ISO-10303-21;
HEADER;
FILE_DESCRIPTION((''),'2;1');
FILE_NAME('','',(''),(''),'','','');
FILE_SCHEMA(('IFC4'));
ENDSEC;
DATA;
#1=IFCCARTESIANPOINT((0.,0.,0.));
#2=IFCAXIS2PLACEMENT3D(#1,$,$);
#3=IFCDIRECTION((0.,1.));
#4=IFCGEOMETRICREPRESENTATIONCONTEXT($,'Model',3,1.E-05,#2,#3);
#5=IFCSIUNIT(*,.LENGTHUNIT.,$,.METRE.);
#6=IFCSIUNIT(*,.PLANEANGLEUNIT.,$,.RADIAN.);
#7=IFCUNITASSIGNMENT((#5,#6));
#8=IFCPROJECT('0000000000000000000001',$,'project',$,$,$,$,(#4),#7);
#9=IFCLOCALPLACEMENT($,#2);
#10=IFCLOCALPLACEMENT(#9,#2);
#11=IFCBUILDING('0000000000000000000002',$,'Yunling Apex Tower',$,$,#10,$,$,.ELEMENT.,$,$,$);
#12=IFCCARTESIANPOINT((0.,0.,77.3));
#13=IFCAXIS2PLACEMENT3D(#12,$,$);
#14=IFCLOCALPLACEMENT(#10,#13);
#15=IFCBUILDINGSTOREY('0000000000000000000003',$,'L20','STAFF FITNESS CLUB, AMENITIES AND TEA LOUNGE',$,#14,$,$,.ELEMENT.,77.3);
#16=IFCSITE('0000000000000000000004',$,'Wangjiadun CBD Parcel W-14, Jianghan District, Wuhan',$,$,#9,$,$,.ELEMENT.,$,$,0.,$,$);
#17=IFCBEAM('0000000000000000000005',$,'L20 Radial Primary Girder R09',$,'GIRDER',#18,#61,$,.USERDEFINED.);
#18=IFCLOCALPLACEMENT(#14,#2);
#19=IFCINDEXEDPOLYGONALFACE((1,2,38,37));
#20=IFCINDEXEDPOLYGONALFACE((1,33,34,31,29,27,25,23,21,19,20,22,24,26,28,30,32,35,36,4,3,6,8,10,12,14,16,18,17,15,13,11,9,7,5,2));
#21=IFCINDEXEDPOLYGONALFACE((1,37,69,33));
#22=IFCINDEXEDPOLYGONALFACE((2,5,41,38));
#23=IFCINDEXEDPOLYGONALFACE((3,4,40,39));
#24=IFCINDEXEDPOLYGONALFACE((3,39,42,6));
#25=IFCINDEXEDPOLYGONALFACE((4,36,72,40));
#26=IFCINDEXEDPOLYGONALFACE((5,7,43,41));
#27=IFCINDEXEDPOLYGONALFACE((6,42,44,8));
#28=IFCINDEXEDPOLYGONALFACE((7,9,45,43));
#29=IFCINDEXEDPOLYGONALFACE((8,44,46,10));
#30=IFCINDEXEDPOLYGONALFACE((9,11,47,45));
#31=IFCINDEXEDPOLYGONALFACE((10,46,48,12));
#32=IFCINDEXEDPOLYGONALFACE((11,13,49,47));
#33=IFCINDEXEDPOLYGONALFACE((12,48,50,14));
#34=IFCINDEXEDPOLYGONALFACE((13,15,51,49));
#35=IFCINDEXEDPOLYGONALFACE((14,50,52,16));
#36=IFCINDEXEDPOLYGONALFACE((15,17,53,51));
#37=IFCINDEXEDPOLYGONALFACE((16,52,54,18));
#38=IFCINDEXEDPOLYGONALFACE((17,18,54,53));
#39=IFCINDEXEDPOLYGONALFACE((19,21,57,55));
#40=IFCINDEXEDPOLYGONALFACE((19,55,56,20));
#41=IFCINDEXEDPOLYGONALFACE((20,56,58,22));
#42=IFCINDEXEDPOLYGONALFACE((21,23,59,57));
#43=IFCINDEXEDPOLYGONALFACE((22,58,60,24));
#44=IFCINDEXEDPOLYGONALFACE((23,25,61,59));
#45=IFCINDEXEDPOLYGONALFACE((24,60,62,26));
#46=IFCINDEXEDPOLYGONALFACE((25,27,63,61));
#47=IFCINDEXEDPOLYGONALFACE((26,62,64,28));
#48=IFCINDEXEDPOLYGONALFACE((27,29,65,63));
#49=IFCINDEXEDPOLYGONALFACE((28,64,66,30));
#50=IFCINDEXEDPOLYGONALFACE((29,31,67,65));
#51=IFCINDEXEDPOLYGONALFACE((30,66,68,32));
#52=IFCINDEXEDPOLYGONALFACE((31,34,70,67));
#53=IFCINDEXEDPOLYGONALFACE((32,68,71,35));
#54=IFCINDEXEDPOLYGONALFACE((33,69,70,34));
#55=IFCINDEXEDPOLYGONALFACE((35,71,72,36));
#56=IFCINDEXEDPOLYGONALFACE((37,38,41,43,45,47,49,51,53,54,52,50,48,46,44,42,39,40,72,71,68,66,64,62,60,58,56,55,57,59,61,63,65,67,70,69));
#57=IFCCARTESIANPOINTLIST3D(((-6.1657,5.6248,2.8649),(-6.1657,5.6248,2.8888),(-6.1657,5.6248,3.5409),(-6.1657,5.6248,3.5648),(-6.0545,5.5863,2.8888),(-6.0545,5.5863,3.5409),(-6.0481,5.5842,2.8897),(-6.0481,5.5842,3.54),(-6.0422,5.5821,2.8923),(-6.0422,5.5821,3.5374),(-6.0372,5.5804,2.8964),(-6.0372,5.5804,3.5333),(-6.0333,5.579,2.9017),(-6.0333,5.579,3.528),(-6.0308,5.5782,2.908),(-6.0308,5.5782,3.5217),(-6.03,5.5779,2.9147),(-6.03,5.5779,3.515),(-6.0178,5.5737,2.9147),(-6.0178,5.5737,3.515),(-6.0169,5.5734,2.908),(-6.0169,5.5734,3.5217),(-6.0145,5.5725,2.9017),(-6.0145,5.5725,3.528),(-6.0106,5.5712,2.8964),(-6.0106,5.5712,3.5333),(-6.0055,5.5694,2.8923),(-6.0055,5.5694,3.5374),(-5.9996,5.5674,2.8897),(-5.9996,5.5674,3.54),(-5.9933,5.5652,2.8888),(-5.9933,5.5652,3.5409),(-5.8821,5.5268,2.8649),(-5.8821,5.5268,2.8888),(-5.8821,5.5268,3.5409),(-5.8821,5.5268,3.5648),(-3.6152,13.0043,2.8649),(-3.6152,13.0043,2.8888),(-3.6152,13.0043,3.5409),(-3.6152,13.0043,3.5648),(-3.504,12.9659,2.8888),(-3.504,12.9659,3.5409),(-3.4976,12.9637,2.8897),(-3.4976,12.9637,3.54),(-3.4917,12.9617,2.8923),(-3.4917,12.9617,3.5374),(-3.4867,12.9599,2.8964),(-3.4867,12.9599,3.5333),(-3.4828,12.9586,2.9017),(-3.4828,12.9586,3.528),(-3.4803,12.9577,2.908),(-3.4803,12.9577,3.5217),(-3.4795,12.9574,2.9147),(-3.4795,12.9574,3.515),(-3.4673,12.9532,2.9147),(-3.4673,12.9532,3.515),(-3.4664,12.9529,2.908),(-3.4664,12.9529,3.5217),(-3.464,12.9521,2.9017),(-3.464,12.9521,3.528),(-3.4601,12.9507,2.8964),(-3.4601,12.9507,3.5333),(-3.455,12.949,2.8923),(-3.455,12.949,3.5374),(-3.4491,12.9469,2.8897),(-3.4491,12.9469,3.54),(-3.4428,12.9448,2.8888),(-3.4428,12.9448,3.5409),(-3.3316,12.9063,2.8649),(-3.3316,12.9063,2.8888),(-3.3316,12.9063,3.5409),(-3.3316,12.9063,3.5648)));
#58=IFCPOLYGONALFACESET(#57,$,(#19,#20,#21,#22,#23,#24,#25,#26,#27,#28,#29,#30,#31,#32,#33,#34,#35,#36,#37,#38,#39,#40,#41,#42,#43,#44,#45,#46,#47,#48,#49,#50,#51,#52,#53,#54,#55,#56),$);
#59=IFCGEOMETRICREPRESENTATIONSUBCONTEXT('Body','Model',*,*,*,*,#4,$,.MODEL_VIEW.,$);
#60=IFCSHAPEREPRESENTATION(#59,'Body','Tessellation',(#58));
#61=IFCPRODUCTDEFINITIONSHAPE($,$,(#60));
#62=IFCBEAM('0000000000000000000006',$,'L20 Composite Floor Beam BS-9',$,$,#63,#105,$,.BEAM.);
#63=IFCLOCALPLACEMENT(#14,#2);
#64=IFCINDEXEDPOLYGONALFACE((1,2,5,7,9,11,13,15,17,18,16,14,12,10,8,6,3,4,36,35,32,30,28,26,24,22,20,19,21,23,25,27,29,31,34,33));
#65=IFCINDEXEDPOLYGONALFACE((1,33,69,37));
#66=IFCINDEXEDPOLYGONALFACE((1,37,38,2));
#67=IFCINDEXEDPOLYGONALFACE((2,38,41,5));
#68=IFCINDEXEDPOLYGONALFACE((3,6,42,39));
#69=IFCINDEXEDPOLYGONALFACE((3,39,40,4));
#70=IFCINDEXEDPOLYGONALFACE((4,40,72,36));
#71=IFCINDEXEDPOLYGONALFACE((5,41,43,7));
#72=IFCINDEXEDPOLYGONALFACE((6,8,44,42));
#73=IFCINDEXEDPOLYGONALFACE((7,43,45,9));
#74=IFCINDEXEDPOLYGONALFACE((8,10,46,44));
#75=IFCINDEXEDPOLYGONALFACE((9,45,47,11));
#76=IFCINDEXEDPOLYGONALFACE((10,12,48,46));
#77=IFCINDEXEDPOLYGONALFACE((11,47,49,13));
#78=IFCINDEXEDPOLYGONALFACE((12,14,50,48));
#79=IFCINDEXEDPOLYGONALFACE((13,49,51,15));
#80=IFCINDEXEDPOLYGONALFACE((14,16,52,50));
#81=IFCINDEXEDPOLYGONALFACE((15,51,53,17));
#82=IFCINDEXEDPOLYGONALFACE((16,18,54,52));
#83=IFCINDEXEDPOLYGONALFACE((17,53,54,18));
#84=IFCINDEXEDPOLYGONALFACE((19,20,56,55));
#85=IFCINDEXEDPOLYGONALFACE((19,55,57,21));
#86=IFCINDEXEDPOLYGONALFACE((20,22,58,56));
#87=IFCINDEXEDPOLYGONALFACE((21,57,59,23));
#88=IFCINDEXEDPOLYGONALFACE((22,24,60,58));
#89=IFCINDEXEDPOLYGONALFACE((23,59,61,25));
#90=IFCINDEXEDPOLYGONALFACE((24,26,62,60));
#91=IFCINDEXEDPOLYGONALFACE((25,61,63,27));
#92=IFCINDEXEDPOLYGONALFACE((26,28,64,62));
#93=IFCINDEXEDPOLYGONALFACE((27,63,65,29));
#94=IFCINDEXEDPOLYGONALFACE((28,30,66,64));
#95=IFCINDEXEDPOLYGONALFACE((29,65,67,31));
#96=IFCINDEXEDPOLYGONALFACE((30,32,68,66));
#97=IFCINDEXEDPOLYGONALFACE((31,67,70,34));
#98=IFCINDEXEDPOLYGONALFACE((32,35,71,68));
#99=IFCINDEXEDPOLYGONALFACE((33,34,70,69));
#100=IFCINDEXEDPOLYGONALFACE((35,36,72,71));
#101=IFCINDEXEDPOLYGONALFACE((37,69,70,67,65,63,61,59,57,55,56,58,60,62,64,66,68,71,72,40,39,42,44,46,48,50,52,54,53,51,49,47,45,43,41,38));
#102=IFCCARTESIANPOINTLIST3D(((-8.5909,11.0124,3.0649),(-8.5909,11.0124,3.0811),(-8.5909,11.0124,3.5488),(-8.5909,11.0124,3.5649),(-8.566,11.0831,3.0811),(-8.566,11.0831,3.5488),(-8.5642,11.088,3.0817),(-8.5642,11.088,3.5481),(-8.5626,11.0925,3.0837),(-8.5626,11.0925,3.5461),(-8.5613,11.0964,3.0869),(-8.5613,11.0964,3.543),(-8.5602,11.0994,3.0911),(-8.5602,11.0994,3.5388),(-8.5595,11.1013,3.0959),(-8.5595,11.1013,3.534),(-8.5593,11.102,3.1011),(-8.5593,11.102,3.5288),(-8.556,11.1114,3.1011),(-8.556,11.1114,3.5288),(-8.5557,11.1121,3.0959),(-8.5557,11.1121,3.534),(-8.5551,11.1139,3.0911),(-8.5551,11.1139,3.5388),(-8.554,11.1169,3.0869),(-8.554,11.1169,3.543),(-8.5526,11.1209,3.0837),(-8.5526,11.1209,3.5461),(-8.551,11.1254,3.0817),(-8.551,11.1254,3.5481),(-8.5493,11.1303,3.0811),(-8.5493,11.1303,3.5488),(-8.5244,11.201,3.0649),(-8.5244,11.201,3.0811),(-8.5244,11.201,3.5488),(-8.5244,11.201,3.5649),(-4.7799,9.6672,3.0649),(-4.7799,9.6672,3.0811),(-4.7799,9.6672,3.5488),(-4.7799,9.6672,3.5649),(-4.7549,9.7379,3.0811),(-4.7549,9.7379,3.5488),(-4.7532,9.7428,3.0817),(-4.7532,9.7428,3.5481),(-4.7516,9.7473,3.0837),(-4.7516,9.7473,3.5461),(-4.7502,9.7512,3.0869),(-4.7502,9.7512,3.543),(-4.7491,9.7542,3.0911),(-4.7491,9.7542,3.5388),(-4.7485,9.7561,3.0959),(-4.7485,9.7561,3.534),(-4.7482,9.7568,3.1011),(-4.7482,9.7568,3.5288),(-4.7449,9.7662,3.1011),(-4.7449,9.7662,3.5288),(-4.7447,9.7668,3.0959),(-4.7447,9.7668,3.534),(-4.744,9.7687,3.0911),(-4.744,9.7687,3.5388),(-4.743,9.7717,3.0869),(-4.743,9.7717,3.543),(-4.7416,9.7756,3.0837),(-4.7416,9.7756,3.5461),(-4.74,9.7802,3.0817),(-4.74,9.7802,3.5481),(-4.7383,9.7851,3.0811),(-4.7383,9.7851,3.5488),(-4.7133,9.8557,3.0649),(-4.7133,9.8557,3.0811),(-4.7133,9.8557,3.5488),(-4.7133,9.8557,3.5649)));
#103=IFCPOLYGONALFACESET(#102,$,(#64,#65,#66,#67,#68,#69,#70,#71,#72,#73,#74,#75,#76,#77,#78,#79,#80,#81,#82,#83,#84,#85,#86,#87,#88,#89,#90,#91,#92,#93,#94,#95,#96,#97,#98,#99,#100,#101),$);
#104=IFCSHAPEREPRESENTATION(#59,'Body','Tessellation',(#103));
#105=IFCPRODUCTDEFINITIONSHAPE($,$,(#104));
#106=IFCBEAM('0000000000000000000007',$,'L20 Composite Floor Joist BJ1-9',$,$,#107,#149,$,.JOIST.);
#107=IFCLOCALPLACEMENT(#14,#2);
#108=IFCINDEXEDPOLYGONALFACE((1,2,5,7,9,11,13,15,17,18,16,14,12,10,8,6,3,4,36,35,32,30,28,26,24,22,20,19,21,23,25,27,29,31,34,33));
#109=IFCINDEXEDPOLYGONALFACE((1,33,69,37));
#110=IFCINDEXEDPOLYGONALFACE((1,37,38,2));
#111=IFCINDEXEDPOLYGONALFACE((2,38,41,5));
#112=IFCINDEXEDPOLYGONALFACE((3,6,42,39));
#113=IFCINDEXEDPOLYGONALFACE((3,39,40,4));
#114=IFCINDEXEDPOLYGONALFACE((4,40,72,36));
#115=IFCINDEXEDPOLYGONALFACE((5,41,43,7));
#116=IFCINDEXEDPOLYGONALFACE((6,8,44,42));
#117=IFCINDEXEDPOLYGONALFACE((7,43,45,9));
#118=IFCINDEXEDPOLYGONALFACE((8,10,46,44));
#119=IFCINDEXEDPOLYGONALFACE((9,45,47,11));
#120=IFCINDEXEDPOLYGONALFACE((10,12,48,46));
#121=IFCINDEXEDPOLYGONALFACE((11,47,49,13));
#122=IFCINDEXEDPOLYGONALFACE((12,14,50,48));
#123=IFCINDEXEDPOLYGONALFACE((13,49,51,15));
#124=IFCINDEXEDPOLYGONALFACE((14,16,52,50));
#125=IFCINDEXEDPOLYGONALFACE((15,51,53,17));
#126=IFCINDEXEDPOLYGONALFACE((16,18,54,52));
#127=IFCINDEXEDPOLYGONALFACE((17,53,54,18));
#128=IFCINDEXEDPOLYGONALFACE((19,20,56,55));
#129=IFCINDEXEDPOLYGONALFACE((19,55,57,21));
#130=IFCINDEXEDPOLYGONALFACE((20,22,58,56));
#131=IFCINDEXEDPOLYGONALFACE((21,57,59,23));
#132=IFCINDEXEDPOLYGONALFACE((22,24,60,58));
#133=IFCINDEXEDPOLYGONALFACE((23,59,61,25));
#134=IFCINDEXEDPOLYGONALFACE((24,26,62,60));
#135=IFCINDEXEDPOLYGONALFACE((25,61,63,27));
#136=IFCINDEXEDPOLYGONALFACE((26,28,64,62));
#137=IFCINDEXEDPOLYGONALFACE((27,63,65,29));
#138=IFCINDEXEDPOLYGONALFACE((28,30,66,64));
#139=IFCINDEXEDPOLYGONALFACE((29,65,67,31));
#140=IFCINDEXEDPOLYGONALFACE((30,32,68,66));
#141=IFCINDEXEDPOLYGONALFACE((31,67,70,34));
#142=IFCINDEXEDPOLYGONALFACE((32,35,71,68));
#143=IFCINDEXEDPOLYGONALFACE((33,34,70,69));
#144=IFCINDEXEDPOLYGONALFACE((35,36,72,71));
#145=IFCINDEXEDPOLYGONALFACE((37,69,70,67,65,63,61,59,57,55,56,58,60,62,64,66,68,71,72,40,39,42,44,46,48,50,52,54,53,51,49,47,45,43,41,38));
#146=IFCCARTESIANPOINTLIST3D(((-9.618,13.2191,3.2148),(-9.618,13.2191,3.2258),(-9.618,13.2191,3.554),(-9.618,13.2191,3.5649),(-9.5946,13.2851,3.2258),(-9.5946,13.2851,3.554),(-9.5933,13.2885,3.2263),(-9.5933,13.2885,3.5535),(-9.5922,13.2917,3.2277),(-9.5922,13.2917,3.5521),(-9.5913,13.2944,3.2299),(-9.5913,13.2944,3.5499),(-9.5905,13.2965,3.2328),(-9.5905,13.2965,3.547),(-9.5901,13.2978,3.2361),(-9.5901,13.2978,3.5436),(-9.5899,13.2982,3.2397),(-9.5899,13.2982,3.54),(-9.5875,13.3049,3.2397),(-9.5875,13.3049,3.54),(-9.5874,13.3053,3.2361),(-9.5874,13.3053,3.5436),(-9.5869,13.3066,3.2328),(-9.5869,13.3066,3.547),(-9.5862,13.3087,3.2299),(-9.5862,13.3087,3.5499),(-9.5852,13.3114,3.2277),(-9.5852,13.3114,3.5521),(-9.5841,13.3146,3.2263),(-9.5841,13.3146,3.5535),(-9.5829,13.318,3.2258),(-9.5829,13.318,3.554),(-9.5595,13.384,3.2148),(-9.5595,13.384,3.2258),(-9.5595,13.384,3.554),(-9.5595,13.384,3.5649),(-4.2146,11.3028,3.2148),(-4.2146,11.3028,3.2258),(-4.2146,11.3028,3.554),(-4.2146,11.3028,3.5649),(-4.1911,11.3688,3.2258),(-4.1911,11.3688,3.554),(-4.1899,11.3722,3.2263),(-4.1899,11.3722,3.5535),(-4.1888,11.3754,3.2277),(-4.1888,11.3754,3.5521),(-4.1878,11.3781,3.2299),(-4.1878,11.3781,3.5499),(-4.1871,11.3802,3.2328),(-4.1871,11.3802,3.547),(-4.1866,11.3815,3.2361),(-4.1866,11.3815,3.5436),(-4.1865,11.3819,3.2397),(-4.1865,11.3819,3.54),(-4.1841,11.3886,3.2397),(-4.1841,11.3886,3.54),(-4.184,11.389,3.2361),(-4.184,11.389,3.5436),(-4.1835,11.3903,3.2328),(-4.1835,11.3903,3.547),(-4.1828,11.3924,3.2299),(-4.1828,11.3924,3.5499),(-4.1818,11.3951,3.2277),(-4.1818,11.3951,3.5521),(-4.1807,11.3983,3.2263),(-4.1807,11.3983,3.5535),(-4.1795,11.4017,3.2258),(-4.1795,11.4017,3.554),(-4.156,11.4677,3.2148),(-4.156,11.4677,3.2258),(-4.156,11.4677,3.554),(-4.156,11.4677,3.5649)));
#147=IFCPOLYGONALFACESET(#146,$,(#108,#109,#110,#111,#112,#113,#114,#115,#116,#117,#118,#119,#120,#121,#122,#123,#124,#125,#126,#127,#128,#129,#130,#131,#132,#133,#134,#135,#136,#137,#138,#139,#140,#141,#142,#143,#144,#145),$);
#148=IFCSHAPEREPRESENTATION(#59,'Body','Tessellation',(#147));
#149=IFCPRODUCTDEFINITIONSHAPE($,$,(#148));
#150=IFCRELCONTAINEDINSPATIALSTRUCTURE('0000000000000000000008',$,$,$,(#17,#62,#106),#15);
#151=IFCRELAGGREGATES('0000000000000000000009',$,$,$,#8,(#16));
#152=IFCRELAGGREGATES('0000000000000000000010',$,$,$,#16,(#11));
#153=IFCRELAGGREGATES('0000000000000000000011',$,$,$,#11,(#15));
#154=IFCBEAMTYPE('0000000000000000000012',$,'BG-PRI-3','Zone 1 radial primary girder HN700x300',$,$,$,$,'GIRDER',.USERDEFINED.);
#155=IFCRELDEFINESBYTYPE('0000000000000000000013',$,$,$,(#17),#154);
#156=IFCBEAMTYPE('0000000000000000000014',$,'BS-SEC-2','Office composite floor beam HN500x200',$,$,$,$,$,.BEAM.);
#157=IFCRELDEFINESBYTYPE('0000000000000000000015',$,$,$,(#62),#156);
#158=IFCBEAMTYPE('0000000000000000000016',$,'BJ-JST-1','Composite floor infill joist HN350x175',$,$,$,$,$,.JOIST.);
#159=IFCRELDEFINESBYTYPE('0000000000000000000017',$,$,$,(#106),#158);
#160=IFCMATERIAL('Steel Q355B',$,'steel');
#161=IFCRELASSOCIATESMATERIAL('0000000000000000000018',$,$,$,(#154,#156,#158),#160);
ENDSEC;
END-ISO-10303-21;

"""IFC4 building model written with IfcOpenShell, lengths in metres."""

from ifc_helpers import new_model, si_unit, direction, frame, origin, origin_2d, place, context, subcontext, project, spatial, i_section, extrude, source, transform, mapped, material, material_profile, profile_set, type_object, element, save


model = new_model("IFC4")

# Units and contexts
model_context = context("Model", 3, precision=1e-05, world=origin(), true_north=direction((0.0, 1.0)))
body_context = subcontext(model_context, "Body", "Model", "MODEL_VIEW")
ifc_project = project(units=[si_unit("LENGTHUNIT", "METRE"), si_unit("PLANEANGLEUNIT", "RADIAN")], contexts=[model_context])

# Site, building, storey
site_placement = place(None, origin())
site = spatial("IfcSite", under=ifc_project, at=site_placement, Name="Wangjiadun CBD Parcel W-14, Jianghan District, Wuhan", CompositionType="ELEMENT", RefElevation=0.0)
building_placement = place(site_placement, origin())
building = spatial("IfcBuilding", under=site, at=building_placement, Name="Yunling Apex Tower", CompositionType="ELEMENT")
storey_placement = place(building_placement, frame((0.0, 0.0, 77.3)))
storey = spatial("IfcBuildingStorey", under=building, at=storey_placement, Name="L20", Description="STAFF FITNESS CLUB, AMENITIES AND TEA LOUNGE", CompositionType="ELEMENT", Elevation=77.3)

# Beams
ifc_material_1 = material(Name="Steel Q355B", Category="steel")
ifc_material_profile_1 = material_profile(ifc_material_1, i_section(OverallWidth=0.3, OverallDepth=0.7, WebThickness=0.0129, FlangeThickness=0.0239, FilletRadius=0.0259, at=origin_2d()))
ifc_profile_set_1 = profile_set([ifc_material_profile_1], Name="Steel Q355B")
beam_type_1 = type_object("IfcBeamType", Name="BG-PRI-3", Description="Zone 1 radial primary girder HN700x300", ElementType="GIRDER", PredefinedType="USERDEFINED", material=ifc_profile_set_1)
shared_shape_1 = source(origin(), body_context, "Body", "SweptSolid", [
    extrude(i_section(OverallWidth=0.3, OverallDepth=0.7, WebThickness=0.0129, FlangeThickness=0.0239, FilletRadius=0.0259, at=origin_2d()), origin(), (0.0, 0.0, 1.0), 7.8079),
])
beam_1_placement = place(storey_placement, frame((-3.4734, 12.9553, 3.2148), z_axis=(-0.326658, -0.945142, 0.0), x_axis=(0.945142, -0.326658, 0.0)))
element("IfcBeam", 1, at=beam_1_placement, inside=storey, type_object=beam_type_1, Name="L20 Radial Primary Girder R09", ObjectType="GIRDER", PredefinedType="USERDEFINED", context=body_context, shape_type="MappedRepresentation", body=[
    mapped(shared_shape_1, transform((0.0, 0.0, 0.0), scale=1.0)),
])
ifc_material_profile_2 = material_profile(ifc_material_1, i_section(OverallWidth=0.2, OverallDepth=0.5, WebThickness=0.01, FlangeThickness=0.0161, FilletRadius=0.02, at=origin_2d()))
ifc_profile_set_2 = profile_set([ifc_material_profile_2], Name="Steel Q355B")
beam_type_2 = type_object("IfcBeamType", Name="BS-SEC-2", Description="Office composite floor beam HN500x200", PredefinedType="BEAM", material=ifc_profile_set_2)
shared_shape_2 = source(origin(), body_context, "Body", "SweptSolid", [
    extrude(i_section(OverallWidth=0.2, OverallDepth=0.5, WebThickness=0.01, FlangeThickness=0.0161, FilletRadius=0.02, at=origin_2d()), origin(), (0.0, 0.0, 1.0), 4.0415),
])
beam_2_placement = place(storey_placement, frame((-4.7466, 9.7615, 3.3149), z_axis=(-0.942979, 0.332852, 0.0), x_axis=(-0.332852, -0.942979, 0.0)))
element("IfcBeam", 2, at=beam_2_placement, inside=storey, type_object=beam_type_2, Name="L20 Composite Floor Beam BS-9", PredefinedType="BEAM", context=body_context, shape_type="MappedRepresentation", body=[
    mapped(shared_shape_2, transform((0.0, 0.0, 0.0), scale=1.0)),
])
ifc_material_profile_3 = material_profile(ifc_material_1, i_section(OverallWidth=0.175, OverallDepth=0.3501, WebThickness=0.0071, FlangeThickness=0.011, FilletRadius=0.0139, at=origin_2d()))
ifc_profile_set_3 = profile_set([ifc_material_profile_3], Name="Steel Q355B")
beam_type_3 = type_object("IfcBeamType", Name="BJ-JST-1", Description="Composite floor infill joist HN350x175", PredefinedType="JOIST", material=ifc_profile_set_3)
shared_shape_3 = source(origin(), body_context, "Body", "SweptSolid", [
    extrude(i_section(OverallWidth=0.175, OverallDepth=0.3501, WebThickness=0.0071, FlangeThickness=0.011, FilletRadius=0.0139, at=origin_2d()), origin(), (0.0, 0.0, 1.0), 5.7332),
])
beam_3_placement = place(storey_placement, frame((-4.1853, 11.3853, 3.3899), z_axis=(-0.942485, 0.334248, 0.0), x_axis=(-0.334248, -0.942485, 0.0)))
element("IfcBeam", 3, at=beam_3_placement, inside=storey, type_object=beam_type_3, Name="L20 Composite Floor Joist BJ1-9", PredefinedType="JOIST", context=body_context, shape_type="MappedRepresentation", body=[
    mapped(shared_shape_3, transform((0.0, 0.0, 0.0), scale=1.0)),
])

save(model, "model.ifc")
